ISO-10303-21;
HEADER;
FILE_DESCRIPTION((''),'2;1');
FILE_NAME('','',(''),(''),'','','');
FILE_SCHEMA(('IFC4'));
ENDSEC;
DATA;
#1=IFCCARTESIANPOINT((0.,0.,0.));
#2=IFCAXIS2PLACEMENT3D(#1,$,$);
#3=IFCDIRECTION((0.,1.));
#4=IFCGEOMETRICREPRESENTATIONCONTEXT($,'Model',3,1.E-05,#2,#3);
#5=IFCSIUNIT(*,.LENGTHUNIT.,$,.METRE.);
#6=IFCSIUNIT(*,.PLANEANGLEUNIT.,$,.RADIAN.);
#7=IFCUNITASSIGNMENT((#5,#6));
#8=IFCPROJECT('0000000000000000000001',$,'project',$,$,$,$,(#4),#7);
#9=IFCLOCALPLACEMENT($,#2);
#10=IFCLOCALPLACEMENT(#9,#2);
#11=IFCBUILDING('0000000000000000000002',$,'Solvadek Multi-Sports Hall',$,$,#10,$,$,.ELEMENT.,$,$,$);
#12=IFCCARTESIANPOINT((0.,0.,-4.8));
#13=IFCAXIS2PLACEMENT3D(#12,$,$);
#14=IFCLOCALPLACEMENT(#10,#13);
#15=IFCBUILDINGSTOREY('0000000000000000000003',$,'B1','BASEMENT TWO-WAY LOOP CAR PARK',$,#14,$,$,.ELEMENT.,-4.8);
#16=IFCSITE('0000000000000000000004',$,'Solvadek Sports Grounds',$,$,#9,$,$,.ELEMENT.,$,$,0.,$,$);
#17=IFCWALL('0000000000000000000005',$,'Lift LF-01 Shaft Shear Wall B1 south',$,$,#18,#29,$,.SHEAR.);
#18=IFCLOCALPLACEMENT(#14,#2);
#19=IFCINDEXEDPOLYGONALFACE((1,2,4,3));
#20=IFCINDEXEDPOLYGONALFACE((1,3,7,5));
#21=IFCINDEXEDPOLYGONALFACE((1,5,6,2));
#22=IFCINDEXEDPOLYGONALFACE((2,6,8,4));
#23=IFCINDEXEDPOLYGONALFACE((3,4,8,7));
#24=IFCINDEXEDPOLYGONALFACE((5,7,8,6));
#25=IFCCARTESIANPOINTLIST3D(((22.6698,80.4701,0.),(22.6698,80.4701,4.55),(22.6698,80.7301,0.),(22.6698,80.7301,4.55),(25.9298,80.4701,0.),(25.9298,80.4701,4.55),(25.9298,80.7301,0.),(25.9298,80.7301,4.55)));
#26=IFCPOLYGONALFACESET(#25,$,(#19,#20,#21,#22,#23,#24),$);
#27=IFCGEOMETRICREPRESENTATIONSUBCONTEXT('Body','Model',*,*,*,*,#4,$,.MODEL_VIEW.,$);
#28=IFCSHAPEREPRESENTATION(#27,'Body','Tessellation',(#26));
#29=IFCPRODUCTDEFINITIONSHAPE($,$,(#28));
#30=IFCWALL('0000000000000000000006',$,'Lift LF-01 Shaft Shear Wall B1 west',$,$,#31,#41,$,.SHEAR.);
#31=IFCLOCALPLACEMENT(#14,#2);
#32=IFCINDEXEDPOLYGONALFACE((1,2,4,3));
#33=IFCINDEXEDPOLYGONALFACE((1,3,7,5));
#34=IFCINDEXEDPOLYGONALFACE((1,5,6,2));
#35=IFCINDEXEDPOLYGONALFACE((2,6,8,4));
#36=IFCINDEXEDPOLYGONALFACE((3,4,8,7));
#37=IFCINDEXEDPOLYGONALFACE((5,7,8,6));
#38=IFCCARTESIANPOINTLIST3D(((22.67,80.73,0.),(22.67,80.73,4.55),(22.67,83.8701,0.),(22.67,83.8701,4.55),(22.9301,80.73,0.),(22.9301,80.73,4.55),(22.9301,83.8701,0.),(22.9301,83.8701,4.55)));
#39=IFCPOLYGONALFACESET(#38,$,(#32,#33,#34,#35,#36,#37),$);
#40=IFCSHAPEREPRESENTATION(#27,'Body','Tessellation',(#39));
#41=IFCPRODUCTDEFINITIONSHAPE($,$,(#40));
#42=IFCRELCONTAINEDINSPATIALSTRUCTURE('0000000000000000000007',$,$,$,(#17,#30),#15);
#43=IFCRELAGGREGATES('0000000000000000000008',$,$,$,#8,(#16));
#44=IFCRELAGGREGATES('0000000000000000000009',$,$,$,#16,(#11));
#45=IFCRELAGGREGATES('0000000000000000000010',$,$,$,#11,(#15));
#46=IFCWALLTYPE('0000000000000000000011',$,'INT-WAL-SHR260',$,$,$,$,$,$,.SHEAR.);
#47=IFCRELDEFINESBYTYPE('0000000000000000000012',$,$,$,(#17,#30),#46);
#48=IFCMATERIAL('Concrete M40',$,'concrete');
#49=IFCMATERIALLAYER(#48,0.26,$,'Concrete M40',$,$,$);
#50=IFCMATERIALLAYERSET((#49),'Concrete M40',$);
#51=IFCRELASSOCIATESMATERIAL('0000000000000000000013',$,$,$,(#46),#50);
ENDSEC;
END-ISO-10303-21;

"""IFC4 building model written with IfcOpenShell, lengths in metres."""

from ifc_helpers import new_model, si_unit, direction, frame, frame_2d, origin, place, context, subcontext, project, spatial, rectangle, extrude, material, layer, layer_set, type_object, element, save


model = new_model("IFC4")

# Units and contexts
model_context = context("Model", 3, precision=1e-05, world=origin(), true_north=direction((0.0, 1.0)))
body_context = subcontext(model_context, "Body", "Model", "MODEL_VIEW")
ifc_project = project(units=[si_unit("LENGTHUNIT", "METRE"), si_unit("PLANEANGLEUNIT", "RADIAN")], contexts=[model_context])

# Site, building, storey
site_placement = place(None, origin())
site = spatial("IfcSite", under=ifc_project, at=site_placement, Name="Solvadek Sports Grounds", CompositionType="ELEMENT", RefElevation=0.0)
building_placement = place(site_placement, origin())
building = spatial("IfcBuilding", under=site, at=building_placement, Name="Solvadek Multi-Sports Hall", CompositionType="ELEMENT")
storey_placement = place(building_placement, frame((0.0, 0.0, -4.8)))
storey = spatial("IfcBuildingStorey", under=building, at=storey_placement, Name="B1", Description="BASEMENT TWO-WAY LOOP CAR PARK", CompositionType="ELEMENT", Elevation=-4.8)

# Shared definitions
ifc_material_1 = material(Name="Concrete M40", Category="concrete")

# Walls
ifc_layer_1 = layer(ifc_material_1, 0.26, Name="Concrete M40")
ifc_layer_set_1 = layer_set([ifc_layer_1], Name="Concrete M40")
wall_type_1 = type_object("IfcWallType", Name="INT-WAL-SHR260", PredefinedType="SHEAR", material=ifc_layer_set_1)
wall_1_placement = place(storey_placement, frame((22.6699, 80.6001, 0.0), z_axis=(0.0, 0.0, 1.0), x_axis=(1.0, 0.0, 0.0)))
element("IfcWall", 1, at=wall_1_placement, inside=storey, type_object=wall_type_1, Name="Lift LF-01 Shaft Shear Wall B1 south", PredefinedType="SHEAR", context=body_context, shape_type="SweptSolid", body=[
    extrude(rectangle(XDim=3.26, YDim=0.26, at=frame_2d((1.6299, 0.0))), origin(), (0.0, 0.0, 1.0), 4.55),
])
wall_2_placement = place(storey_placement, frame((22.8, 80.73, 0.0), z_axis=(0.0, 0.0, 1.0), x_axis=(0.0, 1.0, 0.0)))
element("IfcWall", 2, at=wall_2_placement, inside=storey, type_object=wall_type_1, Name="Lift LF-01 Shaft Shear Wall B1 west", PredefinedType="SHEAR", context=body_context, shape_type="SweptSolid", body=[
    extrude(rectangle(XDim=3.1401, YDim=0.26, at=frame_2d((1.5701, 0.0))), origin(), (0.0, 0.0, 1.0), 4.55),
])

save(model, "model.ifc")
